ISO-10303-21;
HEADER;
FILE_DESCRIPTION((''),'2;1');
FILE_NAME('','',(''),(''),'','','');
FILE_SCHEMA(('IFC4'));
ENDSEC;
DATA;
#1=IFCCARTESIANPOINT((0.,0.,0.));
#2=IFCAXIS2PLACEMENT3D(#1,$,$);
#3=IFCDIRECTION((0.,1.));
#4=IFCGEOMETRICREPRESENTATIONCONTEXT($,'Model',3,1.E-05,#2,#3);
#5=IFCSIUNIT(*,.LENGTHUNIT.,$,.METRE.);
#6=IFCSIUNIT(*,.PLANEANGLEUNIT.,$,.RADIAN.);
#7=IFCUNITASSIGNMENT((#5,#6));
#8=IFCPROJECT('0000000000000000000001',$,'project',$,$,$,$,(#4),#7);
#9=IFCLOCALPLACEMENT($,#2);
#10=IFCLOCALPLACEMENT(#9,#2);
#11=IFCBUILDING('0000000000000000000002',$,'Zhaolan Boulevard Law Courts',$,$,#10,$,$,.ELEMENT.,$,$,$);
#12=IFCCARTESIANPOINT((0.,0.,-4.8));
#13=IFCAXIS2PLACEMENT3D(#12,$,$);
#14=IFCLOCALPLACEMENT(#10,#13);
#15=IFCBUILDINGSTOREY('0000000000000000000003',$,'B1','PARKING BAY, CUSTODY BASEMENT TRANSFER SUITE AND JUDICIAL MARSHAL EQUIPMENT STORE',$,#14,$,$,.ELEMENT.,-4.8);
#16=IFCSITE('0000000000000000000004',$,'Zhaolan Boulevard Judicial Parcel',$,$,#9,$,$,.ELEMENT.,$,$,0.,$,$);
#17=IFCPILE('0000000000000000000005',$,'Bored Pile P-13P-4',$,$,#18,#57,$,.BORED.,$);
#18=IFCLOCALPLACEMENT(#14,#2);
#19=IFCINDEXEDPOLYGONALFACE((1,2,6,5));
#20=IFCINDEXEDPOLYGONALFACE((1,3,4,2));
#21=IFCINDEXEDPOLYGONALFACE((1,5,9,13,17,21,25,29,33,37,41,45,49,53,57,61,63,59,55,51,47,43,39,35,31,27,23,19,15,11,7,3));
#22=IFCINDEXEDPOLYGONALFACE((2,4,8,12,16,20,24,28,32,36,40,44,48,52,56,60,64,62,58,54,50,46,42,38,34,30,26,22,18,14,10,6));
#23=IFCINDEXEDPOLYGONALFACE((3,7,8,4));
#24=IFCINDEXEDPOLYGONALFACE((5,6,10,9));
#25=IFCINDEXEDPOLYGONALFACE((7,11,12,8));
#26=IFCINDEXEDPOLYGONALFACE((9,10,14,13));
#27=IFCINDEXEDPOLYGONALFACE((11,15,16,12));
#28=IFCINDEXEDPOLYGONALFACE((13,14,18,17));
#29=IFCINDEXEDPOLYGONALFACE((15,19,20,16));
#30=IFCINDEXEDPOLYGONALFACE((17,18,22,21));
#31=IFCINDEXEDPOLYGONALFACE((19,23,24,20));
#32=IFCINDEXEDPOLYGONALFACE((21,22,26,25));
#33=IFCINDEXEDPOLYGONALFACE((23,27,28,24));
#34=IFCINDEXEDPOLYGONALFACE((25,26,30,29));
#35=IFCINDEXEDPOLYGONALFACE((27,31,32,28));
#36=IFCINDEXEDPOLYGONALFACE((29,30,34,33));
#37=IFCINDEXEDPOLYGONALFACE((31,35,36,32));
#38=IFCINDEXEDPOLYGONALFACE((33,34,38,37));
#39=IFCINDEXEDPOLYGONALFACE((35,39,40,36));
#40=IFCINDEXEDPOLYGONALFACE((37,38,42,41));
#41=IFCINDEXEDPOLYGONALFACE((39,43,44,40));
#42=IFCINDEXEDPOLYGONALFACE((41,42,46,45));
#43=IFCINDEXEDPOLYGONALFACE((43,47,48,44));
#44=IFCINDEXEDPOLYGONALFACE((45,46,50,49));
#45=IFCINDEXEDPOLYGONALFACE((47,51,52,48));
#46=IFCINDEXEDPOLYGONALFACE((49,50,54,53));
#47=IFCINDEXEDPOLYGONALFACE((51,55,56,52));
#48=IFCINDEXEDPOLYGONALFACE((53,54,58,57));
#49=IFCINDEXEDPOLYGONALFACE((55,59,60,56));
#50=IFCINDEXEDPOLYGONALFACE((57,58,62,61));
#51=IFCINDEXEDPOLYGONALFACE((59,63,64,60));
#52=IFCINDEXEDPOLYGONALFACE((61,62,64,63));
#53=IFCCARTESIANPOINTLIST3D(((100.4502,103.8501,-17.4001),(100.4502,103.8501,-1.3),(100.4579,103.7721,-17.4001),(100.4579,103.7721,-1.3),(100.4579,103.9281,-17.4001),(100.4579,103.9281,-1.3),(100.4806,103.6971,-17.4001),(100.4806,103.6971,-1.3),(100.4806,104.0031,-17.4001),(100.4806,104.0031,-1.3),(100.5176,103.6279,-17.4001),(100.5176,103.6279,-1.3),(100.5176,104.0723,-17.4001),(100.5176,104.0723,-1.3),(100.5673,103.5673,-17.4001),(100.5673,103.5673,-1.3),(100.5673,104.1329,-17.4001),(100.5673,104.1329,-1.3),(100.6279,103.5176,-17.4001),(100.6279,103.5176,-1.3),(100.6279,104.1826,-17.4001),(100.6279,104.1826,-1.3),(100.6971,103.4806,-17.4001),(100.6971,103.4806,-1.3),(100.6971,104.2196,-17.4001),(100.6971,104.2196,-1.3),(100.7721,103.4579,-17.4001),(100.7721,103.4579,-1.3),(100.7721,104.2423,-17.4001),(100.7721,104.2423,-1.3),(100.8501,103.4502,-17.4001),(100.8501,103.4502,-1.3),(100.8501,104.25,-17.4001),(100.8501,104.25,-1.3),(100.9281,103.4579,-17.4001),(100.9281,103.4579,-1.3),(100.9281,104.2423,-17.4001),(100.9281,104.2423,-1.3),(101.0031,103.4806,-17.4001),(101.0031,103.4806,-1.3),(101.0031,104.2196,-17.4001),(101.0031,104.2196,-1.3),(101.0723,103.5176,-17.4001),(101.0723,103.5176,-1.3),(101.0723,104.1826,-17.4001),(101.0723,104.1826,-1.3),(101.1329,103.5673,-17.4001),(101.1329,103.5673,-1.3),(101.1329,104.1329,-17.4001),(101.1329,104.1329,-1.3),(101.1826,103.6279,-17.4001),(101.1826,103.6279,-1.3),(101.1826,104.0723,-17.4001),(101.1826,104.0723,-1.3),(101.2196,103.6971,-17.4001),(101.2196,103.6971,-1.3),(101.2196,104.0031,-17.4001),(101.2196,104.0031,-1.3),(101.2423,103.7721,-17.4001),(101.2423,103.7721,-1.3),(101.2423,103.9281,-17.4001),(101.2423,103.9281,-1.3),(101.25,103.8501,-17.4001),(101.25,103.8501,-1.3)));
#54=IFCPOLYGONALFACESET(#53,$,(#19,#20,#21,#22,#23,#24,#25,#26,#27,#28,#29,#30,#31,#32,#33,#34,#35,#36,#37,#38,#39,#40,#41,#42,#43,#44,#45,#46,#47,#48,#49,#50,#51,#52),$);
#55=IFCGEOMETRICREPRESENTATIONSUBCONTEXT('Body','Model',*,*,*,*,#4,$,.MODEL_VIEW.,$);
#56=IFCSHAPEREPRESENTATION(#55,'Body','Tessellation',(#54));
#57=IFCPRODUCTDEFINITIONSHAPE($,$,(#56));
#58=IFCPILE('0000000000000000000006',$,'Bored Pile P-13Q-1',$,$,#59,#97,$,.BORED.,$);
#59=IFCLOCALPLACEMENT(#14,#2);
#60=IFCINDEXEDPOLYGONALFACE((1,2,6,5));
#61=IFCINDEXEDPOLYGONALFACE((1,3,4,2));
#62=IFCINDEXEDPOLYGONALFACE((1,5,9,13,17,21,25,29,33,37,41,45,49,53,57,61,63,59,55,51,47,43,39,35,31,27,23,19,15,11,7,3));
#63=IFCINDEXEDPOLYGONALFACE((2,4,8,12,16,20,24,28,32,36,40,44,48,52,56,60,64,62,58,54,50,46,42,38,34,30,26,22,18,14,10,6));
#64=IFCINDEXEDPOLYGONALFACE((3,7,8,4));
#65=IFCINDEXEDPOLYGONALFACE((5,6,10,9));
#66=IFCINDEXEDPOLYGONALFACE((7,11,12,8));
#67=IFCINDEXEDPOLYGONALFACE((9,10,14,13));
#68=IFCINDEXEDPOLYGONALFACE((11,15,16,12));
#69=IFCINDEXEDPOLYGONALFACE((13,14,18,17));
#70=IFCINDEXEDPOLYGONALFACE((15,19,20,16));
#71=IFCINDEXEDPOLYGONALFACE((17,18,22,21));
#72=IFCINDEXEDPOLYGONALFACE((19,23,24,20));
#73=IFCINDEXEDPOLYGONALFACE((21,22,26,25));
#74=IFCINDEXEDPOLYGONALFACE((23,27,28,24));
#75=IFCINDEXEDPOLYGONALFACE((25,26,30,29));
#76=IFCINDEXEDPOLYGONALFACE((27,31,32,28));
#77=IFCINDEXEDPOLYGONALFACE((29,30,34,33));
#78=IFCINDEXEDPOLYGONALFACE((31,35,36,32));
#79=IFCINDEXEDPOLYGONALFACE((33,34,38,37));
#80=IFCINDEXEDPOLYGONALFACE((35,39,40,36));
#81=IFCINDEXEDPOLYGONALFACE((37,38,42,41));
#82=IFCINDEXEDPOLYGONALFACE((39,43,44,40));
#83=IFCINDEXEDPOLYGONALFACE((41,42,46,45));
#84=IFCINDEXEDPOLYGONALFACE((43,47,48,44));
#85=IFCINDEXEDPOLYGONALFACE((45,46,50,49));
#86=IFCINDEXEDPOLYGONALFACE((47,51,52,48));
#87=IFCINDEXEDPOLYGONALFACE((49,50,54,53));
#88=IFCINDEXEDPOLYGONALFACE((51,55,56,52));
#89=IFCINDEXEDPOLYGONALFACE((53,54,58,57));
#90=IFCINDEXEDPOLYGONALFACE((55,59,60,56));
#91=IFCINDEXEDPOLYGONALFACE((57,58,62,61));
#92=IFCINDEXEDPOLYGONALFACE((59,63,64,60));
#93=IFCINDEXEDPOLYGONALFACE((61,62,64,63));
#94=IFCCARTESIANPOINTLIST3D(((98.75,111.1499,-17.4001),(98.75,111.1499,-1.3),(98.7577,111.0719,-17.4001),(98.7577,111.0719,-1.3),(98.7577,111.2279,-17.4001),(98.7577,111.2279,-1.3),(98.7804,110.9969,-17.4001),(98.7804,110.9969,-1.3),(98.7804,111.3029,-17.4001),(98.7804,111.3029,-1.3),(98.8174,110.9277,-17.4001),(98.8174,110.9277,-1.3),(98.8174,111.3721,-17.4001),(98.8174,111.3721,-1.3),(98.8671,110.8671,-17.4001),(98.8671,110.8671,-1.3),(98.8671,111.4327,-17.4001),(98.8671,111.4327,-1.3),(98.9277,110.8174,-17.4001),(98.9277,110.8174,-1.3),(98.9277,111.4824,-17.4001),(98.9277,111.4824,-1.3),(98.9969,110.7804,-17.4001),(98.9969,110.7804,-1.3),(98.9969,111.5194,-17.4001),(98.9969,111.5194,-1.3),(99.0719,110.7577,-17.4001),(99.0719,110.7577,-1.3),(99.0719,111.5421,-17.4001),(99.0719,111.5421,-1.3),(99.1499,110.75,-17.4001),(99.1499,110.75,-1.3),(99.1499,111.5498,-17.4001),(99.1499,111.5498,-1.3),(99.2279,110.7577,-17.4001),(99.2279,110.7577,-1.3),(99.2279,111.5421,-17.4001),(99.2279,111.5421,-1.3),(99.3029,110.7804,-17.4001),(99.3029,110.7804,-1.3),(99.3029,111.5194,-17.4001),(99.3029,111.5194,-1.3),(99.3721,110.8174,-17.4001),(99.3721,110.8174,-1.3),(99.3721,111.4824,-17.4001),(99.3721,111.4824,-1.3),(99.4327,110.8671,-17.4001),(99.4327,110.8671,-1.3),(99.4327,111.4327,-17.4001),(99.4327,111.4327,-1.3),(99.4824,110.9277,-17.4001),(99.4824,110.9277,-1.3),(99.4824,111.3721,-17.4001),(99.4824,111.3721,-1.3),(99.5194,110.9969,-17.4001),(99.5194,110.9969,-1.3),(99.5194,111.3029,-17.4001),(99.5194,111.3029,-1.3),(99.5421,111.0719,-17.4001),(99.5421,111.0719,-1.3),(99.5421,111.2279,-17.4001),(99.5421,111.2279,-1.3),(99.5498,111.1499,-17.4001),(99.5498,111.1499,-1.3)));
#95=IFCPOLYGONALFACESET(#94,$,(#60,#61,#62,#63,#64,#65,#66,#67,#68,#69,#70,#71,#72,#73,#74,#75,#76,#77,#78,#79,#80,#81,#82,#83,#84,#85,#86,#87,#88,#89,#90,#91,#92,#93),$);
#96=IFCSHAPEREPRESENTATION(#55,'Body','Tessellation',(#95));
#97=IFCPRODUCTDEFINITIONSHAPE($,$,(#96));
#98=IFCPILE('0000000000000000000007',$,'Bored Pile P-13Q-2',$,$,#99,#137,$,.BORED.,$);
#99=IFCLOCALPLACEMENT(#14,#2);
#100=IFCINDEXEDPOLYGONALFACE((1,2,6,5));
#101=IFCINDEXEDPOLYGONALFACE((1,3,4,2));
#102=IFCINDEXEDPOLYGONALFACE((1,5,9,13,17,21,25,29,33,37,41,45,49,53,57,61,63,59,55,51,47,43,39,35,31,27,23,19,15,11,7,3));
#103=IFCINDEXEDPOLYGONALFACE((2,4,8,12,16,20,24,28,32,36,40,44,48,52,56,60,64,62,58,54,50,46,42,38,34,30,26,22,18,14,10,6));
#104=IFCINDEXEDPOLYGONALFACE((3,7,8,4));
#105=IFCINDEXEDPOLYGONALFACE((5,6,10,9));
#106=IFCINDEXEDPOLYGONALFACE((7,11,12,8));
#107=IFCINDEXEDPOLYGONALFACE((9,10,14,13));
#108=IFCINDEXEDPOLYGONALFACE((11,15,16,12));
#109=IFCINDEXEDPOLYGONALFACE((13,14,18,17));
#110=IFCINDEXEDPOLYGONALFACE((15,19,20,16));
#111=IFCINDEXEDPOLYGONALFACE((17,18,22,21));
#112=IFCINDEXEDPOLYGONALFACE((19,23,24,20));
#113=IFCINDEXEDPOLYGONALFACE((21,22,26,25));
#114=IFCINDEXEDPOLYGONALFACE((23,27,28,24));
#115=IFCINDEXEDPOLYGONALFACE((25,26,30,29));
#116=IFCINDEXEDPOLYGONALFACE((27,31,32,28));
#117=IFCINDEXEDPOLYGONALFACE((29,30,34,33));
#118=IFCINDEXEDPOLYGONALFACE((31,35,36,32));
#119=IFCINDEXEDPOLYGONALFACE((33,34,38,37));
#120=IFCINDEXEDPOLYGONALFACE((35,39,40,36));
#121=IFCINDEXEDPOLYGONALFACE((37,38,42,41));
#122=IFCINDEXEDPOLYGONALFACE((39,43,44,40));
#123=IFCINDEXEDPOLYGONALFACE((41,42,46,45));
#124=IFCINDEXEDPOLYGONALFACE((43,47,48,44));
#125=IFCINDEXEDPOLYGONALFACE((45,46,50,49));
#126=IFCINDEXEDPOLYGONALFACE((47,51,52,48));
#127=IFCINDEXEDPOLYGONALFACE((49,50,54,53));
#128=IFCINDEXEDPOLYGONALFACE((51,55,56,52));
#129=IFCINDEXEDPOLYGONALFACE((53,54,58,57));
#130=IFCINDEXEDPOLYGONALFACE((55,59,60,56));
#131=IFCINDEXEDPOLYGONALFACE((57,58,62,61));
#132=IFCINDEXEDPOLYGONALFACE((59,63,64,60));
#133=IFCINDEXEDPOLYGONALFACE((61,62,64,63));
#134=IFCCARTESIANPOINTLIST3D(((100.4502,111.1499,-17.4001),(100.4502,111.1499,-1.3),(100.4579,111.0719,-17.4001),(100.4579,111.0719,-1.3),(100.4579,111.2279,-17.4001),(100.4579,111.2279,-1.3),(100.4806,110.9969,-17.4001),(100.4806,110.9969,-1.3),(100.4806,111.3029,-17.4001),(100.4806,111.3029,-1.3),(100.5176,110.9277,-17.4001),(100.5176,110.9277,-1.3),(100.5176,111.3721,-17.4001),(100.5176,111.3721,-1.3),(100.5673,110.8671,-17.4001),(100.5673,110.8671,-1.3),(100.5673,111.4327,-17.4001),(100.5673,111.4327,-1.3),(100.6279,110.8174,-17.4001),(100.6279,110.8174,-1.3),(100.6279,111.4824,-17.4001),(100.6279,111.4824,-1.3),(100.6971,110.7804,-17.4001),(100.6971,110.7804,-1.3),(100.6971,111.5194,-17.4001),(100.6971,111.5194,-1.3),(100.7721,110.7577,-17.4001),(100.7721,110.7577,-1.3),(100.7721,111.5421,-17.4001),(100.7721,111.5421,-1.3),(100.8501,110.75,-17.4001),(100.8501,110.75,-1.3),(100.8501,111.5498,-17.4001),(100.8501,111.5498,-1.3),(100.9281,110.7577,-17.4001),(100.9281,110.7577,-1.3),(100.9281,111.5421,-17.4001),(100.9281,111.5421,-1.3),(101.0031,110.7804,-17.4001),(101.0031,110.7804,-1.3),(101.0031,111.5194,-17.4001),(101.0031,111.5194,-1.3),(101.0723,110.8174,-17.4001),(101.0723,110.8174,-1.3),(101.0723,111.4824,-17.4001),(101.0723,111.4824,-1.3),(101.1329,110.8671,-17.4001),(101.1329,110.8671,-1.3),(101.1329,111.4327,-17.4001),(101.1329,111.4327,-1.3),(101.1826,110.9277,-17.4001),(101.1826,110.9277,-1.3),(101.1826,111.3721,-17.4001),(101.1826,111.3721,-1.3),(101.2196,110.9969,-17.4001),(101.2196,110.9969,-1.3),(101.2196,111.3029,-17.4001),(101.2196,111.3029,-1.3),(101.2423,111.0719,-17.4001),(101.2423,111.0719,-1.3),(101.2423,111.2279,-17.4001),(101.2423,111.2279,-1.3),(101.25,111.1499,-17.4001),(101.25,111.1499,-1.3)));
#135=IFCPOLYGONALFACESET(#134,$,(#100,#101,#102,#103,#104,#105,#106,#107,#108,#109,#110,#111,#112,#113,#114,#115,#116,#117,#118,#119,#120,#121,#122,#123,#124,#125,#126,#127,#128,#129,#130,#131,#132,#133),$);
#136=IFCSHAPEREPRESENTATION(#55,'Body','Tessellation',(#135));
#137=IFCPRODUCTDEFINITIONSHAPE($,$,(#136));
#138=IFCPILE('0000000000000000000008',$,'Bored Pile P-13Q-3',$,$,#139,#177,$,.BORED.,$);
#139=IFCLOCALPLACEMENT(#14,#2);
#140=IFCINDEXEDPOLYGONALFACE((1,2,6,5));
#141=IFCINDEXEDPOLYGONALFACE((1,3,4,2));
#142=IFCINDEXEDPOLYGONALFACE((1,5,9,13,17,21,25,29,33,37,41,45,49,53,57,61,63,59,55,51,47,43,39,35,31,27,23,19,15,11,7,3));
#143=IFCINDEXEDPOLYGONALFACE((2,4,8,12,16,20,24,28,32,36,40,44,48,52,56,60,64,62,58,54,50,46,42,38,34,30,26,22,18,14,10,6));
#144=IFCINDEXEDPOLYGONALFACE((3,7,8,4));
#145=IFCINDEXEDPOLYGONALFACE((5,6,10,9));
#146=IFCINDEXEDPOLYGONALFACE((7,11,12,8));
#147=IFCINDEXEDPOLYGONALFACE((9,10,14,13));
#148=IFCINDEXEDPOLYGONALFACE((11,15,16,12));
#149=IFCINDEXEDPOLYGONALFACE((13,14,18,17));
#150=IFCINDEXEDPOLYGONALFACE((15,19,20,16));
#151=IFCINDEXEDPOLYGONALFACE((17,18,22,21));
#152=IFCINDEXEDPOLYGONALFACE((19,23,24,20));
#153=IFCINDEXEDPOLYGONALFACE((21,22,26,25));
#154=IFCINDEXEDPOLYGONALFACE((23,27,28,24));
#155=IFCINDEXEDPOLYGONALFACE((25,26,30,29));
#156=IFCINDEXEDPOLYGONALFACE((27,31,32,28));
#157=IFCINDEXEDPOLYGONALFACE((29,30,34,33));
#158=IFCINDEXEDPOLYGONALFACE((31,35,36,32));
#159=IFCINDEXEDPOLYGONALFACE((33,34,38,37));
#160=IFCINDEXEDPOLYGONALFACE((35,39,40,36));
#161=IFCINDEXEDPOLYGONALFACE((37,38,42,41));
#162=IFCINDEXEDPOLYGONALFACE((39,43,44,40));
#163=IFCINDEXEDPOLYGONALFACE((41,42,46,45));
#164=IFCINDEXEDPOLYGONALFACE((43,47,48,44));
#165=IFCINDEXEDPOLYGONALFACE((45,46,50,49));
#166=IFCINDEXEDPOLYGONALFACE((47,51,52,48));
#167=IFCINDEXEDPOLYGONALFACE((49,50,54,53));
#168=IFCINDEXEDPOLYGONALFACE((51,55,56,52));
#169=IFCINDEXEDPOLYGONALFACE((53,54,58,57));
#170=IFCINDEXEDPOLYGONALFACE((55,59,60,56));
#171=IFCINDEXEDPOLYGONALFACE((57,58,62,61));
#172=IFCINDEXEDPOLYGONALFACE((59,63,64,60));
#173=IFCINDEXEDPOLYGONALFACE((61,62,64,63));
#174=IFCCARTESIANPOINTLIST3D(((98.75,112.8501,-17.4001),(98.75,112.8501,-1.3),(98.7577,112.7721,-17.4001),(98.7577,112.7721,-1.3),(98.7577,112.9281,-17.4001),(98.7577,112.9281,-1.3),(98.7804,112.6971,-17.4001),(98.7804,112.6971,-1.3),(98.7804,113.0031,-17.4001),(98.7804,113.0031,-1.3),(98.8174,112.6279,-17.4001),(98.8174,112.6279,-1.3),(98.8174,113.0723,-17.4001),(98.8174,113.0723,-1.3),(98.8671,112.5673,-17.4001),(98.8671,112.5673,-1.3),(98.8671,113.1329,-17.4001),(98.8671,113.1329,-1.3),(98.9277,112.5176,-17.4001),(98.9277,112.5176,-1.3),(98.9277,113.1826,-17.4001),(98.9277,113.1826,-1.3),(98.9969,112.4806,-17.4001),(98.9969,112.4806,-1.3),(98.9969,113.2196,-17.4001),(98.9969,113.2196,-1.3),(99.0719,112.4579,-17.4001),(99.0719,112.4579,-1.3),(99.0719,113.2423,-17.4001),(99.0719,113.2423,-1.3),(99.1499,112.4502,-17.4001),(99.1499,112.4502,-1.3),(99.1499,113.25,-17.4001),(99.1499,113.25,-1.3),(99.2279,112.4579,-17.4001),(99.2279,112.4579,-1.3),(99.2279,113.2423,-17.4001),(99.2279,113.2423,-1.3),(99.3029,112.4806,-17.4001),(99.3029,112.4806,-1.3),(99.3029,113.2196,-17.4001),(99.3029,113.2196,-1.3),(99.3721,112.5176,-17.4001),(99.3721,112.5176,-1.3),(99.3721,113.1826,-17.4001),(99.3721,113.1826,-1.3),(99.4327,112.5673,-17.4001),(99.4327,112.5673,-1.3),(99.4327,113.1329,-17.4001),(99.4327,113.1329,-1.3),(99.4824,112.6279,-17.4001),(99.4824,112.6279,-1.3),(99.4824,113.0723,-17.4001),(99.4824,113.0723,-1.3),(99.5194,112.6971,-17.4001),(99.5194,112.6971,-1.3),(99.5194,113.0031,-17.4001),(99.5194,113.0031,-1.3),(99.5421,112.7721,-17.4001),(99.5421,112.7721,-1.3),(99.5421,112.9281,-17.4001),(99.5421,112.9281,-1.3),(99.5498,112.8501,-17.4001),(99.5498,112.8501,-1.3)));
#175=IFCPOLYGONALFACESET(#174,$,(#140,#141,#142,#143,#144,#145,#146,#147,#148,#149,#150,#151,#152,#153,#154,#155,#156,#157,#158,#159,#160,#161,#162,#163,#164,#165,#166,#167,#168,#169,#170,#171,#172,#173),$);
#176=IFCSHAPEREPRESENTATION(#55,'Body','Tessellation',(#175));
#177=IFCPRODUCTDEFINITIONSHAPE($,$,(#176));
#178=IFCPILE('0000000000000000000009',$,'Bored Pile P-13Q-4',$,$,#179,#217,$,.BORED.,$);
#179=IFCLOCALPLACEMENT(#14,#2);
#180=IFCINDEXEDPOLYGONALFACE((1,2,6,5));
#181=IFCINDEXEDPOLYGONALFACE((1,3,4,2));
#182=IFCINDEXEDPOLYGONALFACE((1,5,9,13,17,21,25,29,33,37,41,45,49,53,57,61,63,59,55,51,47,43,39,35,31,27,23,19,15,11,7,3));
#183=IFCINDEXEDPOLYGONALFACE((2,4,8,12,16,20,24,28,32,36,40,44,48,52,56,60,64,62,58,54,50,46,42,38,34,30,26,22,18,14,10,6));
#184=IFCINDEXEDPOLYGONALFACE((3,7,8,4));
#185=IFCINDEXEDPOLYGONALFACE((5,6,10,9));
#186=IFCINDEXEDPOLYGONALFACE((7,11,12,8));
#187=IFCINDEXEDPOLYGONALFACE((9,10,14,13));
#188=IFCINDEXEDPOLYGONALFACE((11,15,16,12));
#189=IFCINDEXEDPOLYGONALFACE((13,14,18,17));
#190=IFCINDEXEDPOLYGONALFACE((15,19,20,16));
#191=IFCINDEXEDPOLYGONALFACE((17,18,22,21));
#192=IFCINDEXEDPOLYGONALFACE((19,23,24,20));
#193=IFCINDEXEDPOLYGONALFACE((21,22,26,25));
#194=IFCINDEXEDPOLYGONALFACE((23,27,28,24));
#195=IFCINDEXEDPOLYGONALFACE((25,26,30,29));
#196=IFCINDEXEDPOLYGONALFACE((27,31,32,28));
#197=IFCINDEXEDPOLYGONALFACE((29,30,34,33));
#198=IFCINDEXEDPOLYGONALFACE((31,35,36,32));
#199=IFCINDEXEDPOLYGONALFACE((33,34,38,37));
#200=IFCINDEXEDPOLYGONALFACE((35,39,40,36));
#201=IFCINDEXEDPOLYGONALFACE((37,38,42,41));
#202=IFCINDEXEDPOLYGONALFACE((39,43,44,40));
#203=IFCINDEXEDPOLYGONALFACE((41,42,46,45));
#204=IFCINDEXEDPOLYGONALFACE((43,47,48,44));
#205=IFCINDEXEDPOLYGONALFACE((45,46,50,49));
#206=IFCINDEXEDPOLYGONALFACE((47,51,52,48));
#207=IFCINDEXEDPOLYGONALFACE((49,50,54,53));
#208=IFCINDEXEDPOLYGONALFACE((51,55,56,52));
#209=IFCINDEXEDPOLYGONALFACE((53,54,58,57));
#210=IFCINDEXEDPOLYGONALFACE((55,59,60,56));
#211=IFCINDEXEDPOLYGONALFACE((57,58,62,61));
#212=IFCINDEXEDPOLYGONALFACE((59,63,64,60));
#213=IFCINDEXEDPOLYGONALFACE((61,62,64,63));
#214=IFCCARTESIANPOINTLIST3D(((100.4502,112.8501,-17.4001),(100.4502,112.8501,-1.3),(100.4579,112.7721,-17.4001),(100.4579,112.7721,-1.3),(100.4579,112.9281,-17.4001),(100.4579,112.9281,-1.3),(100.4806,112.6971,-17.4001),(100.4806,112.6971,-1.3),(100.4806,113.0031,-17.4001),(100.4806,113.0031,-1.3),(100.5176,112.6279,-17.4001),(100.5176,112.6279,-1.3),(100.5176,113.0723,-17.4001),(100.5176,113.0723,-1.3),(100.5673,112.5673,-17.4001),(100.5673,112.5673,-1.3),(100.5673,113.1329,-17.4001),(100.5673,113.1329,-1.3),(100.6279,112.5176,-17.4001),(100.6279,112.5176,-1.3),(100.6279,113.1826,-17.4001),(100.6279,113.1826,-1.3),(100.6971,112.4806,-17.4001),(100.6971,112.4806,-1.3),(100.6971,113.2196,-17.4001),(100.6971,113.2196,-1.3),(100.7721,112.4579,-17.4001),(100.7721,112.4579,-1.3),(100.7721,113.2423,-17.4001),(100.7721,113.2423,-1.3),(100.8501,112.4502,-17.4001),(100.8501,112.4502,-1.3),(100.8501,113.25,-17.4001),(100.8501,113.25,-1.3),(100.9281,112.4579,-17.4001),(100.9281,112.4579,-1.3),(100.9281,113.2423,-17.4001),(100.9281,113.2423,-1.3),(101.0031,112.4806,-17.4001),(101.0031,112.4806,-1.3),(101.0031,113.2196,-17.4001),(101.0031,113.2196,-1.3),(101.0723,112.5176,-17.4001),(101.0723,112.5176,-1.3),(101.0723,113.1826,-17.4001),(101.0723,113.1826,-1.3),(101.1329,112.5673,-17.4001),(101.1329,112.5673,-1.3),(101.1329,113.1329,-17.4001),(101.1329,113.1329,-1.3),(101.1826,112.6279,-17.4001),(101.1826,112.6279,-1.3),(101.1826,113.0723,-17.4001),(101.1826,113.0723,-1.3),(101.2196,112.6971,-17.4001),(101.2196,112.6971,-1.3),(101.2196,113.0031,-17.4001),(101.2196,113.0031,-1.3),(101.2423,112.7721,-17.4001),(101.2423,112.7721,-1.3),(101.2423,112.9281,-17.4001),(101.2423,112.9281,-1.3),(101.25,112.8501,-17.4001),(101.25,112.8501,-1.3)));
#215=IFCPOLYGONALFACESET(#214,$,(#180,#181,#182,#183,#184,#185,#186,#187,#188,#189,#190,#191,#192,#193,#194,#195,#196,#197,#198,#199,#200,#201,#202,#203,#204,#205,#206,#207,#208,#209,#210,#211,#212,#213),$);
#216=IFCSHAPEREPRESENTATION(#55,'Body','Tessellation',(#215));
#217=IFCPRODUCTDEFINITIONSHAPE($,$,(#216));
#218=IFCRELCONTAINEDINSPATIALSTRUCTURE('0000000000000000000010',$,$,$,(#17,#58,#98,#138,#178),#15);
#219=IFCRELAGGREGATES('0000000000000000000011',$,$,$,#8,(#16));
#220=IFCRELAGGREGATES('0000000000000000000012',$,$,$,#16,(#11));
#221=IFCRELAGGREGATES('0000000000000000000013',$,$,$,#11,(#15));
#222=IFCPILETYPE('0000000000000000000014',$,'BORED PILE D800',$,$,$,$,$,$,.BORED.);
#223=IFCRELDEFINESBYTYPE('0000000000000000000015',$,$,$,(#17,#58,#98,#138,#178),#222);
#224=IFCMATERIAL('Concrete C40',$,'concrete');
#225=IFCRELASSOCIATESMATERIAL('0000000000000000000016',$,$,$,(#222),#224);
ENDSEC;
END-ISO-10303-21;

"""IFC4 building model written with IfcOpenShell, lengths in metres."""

from ifc_helpers import new_model, si_unit, direction, frame, origin, origin_2d, place, context, subcontext, project, spatial, circle, extrude, material, material_profile, profile_set, type_object, element, save


model = new_model("IFC4")

# Units and contexts
model_context = context("Model", 3, precision=1e-05, world=origin(), true_north=direction((0.0, 1.0)))
body_context = subcontext(model_context, "Body", "Model", "MODEL_VIEW")
ifc_project = project(units=[si_unit("LENGTHUNIT", "METRE"), si_unit("PLANEANGLEUNIT", "RADIAN")], contexts=[model_context])

# Site, building, storey
site_placement = place(None, origin())
site = spatial("IfcSite", under=ifc_project, at=site_placement, Name="Zhaolan Boulevard Judicial Parcel", CompositionType="ELEMENT", RefElevation=0.0)
building_placement = place(site_placement, origin())
building = spatial("IfcBuilding", under=site, at=building_placement, Name="Zhaolan Boulevard Law Courts", CompositionType="ELEMENT")
storey_placement = place(building_placement, frame((0.0, 0.0, -4.8)))
storey = spatial("IfcBuildingStorey", under=building, at=storey_placement, Name="B1", Description="PARKING BAY, CUSTODY BASEMENT TRANSFER SUITE AND JUDICIAL MARSHAL EQUIPMENT STORE", CompositionType="ELEMENT", Elevation=-4.8)

# Piles
ifc_material_1 = material(Name="Concrete C40", Category="concrete")
ifc_material_profile_1 = material_profile(ifc_material_1, circle(Radius=0.3999, at=origin_2d()), Name="PILE-D800")
ifc_profile_set_1 = profile_set([ifc_material_profile_1], Name="Concrete C40")
pile_type = type_object("IfcPileType", Name="BORED PILE D800", PredefinedType="BORED", material=ifc_profile_set_1)
for number, where, z_axis, x_axis, name in (
    (1, (100.8501, 103.8501, -1.3), (0.0, 0.0, -1.0), (1.0, 0.0, 0.0), "Bored Pile P-13P-4"),
    (2, (99.1499, 111.1499, -1.3), (0.0, 0.0, -1.0), (1.0, 0.0, 0.0), "Bored Pile P-13Q-1"),
    (3, (100.8501, 111.1499, -1.3), (0.0, 0.0, -1.0), (1.0, 0.0, 0.0), "Bored Pile P-13Q-2"),
    (4, (99.1499, 112.8501, -1.3), (0.0, 0.0, -1.0), (1.0, 0.0, 0.0), "Bored Pile P-13Q-3"),
    (5, (100.8501, 112.8501, -1.3), (0.0, 0.0, -1.0), (1.0, 0.0, 0.0), "Bored Pile P-13Q-4"),
):
    element("IfcPile", number, at=place(storey_placement, frame(where, z_axis=z_axis, x_axis=x_axis)), inside=storey, type_object=pile_type, Name=name, PredefinedType="BORED", context=body_context, shape_type="SweptSolid", body=[
        extrude(circle(Radius=0.3999, at=origin_2d()), origin(), (0.0, 0.0, 1.0), 16.1001),
    ])

save(model, "model.ifc")
